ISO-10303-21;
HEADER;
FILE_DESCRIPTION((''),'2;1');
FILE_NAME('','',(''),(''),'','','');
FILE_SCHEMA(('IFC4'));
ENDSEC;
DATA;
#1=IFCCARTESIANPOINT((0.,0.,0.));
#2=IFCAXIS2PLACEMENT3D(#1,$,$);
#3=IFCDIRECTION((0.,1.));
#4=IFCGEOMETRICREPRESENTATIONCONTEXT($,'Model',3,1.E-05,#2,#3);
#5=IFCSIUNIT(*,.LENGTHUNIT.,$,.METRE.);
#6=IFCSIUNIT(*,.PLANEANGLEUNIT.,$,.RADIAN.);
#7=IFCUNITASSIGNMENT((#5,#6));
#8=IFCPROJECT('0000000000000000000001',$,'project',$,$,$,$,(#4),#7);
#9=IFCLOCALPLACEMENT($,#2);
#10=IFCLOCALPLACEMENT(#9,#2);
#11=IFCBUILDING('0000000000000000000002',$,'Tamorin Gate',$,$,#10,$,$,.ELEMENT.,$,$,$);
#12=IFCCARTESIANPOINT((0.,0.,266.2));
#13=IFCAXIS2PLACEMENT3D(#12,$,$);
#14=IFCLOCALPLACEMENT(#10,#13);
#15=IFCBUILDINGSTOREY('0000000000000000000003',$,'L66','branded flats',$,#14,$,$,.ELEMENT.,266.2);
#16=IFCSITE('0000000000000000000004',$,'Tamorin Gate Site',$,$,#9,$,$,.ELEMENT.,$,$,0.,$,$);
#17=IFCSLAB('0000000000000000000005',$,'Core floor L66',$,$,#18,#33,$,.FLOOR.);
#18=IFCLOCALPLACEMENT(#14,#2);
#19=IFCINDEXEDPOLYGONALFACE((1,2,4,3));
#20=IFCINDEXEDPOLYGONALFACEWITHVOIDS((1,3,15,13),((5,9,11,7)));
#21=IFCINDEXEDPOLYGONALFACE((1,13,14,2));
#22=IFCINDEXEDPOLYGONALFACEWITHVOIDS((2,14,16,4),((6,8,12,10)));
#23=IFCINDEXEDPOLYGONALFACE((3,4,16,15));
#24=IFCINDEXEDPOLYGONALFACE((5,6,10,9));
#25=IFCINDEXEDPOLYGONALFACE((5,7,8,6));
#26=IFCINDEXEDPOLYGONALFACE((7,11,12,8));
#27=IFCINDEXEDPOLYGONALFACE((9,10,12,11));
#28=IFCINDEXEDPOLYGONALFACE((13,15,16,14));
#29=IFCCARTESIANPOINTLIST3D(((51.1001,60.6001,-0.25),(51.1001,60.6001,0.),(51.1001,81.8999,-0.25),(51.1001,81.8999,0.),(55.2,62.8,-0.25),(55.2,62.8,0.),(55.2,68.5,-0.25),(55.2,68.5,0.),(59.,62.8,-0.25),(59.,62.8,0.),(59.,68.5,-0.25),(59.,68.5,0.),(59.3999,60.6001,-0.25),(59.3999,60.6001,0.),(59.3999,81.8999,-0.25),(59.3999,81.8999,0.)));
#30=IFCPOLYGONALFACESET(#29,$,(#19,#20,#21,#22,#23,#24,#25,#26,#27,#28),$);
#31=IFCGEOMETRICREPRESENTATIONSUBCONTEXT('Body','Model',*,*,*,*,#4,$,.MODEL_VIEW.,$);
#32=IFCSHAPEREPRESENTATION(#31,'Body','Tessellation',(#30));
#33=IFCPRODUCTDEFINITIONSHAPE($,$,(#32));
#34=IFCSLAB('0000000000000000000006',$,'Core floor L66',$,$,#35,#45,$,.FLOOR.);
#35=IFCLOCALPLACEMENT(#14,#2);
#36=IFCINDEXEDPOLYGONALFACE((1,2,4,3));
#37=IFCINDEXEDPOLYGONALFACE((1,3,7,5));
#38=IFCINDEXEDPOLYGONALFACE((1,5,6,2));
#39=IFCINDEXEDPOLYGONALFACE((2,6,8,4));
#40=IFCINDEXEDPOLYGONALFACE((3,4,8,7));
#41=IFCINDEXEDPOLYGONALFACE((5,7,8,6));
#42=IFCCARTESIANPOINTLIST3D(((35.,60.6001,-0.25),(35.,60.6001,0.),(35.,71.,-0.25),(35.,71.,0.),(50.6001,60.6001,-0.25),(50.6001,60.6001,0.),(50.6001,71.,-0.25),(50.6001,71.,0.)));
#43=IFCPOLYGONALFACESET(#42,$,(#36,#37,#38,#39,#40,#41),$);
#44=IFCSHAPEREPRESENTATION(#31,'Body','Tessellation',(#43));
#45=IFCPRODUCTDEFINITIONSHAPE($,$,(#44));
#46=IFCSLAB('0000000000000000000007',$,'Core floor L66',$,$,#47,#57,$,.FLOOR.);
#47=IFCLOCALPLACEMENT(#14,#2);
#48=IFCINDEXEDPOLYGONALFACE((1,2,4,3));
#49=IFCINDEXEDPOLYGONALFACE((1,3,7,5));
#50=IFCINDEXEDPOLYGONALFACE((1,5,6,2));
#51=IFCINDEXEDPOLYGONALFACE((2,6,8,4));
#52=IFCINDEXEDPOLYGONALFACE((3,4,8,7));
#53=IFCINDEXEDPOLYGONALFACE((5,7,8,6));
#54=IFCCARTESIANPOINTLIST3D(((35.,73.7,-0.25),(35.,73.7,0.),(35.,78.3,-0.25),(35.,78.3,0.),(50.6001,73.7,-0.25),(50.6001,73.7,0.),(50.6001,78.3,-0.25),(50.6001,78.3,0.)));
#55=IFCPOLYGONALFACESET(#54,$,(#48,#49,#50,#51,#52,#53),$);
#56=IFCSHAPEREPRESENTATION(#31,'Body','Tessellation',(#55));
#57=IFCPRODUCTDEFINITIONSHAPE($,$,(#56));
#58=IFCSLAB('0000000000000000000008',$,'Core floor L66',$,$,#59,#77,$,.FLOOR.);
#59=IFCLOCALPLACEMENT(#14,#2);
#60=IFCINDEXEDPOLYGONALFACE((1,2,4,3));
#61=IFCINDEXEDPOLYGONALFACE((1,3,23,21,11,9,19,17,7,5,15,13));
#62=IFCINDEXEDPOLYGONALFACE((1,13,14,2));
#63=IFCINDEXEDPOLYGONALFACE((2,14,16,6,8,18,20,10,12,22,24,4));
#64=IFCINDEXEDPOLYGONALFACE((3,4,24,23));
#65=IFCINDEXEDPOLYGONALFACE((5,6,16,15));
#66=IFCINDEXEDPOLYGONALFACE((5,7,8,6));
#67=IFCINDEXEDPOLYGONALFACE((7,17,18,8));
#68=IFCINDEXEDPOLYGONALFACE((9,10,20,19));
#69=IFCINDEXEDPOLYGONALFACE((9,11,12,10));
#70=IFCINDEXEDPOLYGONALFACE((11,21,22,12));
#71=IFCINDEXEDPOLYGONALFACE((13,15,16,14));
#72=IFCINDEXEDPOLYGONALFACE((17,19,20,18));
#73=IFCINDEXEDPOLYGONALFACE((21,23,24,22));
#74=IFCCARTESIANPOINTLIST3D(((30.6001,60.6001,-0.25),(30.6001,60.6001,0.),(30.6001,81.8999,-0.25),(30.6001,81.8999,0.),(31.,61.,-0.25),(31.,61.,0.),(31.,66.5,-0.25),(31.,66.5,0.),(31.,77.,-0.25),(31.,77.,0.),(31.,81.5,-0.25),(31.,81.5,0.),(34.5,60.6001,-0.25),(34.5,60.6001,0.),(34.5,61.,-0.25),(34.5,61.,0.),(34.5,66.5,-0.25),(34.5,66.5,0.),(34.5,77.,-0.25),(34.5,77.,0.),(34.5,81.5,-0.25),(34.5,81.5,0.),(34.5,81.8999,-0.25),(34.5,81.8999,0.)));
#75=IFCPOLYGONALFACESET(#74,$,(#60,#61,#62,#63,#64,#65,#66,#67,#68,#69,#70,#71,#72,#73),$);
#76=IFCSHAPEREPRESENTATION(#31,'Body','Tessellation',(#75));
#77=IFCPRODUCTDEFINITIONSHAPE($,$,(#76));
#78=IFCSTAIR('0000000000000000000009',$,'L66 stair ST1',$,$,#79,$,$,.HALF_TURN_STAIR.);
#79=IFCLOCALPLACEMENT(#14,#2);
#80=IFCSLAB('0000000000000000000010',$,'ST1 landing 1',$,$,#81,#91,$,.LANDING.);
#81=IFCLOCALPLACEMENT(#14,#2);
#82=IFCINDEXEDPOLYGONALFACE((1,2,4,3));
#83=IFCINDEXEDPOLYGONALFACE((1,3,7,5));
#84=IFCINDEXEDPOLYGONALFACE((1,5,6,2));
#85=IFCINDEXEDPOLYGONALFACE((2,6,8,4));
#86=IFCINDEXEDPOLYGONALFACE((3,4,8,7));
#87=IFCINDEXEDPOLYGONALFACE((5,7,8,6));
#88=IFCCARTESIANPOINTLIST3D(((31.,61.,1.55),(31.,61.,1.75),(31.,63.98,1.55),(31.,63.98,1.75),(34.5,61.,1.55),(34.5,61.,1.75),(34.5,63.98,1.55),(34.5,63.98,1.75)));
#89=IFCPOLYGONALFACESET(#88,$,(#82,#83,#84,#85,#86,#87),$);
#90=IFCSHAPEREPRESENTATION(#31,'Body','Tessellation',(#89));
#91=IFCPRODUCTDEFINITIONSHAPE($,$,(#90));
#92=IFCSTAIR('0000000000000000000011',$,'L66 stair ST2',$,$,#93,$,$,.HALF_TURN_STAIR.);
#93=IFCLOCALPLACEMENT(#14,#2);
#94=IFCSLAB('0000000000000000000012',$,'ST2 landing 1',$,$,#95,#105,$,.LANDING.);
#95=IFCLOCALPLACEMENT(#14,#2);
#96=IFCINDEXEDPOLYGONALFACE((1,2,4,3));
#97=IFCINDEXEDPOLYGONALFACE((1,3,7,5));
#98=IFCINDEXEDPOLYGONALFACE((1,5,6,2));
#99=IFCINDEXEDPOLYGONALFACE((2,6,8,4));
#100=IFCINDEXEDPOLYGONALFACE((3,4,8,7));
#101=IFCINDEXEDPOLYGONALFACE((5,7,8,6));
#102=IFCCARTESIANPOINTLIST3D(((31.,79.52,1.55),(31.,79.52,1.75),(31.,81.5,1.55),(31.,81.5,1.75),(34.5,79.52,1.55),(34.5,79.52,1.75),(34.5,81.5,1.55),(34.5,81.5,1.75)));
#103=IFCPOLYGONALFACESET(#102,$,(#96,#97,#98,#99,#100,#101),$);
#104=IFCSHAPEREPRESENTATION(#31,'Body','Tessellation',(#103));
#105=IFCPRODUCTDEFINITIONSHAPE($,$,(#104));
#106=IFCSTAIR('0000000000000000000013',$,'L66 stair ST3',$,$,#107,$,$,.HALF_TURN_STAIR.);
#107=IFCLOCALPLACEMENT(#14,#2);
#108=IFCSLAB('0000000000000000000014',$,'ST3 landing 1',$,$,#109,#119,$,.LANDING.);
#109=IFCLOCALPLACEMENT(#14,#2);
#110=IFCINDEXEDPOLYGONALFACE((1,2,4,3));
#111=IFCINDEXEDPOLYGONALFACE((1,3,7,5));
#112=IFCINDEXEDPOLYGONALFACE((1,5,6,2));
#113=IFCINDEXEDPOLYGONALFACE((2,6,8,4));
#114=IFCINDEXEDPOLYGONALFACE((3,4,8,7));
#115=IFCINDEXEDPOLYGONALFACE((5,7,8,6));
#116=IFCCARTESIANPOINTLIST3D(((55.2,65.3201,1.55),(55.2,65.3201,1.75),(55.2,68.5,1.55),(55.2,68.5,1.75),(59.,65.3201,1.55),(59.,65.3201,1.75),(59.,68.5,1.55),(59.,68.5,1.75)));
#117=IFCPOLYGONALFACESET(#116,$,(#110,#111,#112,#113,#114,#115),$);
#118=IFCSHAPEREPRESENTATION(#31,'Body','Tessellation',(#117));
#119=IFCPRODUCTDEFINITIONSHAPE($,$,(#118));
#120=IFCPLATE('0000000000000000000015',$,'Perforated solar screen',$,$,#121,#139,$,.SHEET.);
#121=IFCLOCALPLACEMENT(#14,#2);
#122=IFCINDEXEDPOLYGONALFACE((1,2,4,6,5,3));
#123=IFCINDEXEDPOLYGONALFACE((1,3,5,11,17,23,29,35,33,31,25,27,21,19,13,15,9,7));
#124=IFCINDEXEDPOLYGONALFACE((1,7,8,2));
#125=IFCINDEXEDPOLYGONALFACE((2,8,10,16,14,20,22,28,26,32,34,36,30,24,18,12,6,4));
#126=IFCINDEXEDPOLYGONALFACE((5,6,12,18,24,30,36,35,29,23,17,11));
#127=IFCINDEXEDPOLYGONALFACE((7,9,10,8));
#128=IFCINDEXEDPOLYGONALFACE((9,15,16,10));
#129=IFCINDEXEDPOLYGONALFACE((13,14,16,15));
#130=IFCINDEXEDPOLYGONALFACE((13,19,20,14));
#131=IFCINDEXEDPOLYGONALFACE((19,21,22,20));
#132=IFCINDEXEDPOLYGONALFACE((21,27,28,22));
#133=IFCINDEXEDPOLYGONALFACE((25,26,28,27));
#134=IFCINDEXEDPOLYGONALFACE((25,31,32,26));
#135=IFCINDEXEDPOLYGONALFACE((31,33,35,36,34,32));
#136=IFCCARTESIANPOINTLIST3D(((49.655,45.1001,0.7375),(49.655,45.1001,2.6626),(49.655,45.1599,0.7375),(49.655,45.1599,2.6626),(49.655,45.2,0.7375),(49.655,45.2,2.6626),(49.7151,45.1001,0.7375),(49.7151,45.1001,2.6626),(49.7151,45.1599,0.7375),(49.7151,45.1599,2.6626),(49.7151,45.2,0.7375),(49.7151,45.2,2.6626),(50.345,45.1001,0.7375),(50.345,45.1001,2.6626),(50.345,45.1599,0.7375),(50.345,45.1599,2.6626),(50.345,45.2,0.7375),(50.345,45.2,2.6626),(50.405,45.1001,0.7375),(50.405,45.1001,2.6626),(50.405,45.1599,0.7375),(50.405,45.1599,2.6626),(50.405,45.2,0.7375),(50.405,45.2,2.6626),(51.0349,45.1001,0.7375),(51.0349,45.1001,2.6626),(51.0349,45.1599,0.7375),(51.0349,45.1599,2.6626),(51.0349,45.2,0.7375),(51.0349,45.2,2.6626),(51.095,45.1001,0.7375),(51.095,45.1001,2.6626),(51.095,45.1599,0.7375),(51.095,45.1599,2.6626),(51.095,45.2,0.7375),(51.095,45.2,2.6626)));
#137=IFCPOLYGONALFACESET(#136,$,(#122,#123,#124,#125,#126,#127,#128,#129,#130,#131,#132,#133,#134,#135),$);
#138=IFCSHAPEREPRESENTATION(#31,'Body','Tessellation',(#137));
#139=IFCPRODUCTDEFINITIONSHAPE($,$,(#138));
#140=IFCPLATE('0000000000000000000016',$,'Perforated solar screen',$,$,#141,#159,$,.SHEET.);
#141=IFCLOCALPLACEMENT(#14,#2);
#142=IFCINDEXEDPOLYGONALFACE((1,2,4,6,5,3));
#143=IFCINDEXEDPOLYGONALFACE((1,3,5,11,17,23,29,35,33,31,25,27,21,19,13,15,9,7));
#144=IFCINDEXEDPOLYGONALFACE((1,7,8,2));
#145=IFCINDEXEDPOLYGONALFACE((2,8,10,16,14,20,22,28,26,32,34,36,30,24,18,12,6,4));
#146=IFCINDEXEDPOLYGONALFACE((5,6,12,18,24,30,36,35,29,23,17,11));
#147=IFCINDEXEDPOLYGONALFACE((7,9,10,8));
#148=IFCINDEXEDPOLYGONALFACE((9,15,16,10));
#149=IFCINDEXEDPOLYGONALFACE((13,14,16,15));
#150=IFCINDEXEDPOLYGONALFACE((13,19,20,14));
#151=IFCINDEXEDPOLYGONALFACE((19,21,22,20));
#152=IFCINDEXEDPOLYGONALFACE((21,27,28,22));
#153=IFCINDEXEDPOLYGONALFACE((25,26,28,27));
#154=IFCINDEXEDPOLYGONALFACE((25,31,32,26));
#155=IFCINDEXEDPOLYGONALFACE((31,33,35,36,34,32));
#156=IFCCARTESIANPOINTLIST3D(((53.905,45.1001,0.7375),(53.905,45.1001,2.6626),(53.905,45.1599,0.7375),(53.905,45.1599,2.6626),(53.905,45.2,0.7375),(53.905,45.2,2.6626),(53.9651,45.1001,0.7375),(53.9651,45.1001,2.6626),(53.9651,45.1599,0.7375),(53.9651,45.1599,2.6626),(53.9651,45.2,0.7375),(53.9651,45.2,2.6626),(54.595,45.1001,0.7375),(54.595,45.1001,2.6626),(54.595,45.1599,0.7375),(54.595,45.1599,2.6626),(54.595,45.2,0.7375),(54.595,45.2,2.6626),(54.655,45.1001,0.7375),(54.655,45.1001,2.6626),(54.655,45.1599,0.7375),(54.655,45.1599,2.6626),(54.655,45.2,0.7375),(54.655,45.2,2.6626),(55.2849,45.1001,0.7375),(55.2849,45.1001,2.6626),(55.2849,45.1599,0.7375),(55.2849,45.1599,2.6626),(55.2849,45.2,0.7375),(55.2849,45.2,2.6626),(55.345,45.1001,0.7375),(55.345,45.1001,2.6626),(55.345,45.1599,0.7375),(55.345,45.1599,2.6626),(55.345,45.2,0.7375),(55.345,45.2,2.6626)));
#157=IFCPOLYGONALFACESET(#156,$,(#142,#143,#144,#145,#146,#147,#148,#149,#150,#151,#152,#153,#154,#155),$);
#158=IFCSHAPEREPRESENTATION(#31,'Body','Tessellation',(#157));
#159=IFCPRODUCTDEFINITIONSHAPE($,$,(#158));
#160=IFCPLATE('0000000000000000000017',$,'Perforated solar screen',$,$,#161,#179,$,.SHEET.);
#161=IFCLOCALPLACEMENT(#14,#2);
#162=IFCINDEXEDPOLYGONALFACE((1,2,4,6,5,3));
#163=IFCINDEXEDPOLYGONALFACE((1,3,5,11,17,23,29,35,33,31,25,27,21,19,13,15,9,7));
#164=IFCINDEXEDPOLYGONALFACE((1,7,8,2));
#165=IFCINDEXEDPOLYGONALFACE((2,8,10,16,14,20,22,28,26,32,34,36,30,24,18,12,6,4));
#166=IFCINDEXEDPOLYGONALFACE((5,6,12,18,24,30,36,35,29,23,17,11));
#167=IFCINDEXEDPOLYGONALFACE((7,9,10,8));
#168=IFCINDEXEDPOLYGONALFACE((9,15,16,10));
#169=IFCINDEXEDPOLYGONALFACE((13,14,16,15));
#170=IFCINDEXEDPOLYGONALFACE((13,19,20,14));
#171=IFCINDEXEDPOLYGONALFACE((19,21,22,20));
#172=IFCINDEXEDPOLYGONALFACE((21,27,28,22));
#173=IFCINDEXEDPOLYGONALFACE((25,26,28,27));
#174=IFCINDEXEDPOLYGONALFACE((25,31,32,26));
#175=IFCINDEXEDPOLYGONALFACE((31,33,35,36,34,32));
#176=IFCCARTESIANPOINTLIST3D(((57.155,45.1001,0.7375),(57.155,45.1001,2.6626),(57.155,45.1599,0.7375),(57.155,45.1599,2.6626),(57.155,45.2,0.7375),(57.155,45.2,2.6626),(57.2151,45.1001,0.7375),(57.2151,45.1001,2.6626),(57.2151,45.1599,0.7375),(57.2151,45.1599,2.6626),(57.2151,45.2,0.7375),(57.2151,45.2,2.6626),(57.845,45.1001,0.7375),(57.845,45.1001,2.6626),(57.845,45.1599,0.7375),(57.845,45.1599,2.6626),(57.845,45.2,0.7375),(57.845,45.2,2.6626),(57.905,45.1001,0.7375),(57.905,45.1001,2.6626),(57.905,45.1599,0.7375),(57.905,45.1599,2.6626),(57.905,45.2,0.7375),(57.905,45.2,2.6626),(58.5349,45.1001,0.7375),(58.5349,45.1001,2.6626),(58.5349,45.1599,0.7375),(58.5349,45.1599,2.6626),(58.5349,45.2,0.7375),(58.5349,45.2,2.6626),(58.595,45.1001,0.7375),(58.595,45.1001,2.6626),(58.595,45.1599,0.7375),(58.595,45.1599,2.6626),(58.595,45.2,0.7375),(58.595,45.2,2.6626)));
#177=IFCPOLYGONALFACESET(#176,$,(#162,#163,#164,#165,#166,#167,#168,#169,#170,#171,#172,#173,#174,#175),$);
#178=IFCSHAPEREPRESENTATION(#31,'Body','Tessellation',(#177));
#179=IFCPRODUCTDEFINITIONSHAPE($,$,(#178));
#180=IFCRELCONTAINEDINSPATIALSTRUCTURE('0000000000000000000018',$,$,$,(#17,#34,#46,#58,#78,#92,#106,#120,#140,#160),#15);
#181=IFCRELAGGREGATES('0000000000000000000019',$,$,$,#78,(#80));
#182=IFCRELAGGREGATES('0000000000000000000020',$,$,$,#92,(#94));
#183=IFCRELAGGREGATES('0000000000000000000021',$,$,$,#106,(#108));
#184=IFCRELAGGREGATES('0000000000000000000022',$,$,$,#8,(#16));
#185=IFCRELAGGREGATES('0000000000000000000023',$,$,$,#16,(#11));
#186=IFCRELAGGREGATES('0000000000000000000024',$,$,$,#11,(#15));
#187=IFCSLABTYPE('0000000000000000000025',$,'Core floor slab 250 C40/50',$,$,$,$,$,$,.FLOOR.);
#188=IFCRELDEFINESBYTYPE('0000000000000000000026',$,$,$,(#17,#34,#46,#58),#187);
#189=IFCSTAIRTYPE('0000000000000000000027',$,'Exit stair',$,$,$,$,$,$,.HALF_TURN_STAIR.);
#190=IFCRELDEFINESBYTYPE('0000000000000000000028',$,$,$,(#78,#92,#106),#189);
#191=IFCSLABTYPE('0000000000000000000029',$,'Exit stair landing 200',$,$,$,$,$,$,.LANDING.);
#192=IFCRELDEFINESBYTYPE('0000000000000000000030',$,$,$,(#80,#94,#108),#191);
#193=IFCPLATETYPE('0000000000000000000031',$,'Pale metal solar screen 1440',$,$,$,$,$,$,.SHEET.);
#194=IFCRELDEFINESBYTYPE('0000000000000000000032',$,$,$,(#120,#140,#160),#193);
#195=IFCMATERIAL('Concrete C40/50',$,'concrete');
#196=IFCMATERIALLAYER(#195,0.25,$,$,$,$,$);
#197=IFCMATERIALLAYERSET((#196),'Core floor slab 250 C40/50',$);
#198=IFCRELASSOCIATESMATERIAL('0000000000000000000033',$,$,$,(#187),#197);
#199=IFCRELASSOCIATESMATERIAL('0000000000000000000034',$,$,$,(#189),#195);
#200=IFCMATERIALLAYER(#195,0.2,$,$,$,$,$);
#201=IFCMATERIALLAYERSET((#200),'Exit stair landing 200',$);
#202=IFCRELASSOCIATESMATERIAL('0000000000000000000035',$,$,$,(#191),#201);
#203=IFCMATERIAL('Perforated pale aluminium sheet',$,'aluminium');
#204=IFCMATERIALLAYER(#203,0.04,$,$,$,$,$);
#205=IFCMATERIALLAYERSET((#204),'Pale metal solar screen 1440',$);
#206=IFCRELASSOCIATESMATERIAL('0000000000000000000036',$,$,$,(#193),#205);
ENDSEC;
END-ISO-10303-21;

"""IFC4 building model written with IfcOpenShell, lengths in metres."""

from ifc_helpers import new_model, si_unit, direction, frame, origin, place, context, subcontext, project, spatial, polyline, outline, extrude, material, layer, layer_set, type_object, element, aggregate, save


model = new_model("IFC4")

# Units and contexts
model_context = context("Model", 3, precision=1e-05, world=origin(), true_north=direction((0.0, 1.0)))
body_context = subcontext(model_context, "Body", "Model", "MODEL_VIEW")
ifc_project = project(units=[si_unit("LENGTHUNIT", "METRE"), si_unit("PLANEANGLEUNIT", "RADIAN")], contexts=[model_context])

# Site, building, storey
site_placement = place(None, origin())
site = spatial("IfcSite", under=ifc_project, at=site_placement, Name="Tamorin Gate Site", CompositionType="ELEMENT", RefElevation=0.0)
building_placement = place(site_placement, origin())
building = spatial("IfcBuilding", under=site, at=building_placement, Name="Tamorin Gate", CompositionType="ELEMENT")
storey_placement = place(building_placement, frame((0.0, 0.0, 266.2)))
storey = spatial("IfcBuildingStorey", under=building, at=storey_placement, Name="L66", Description="branded flats", CompositionType="ELEMENT", Elevation=266.2)

# Slabs
ifc_material_1 = material(Name="Concrete C40/50", Category="concrete")
ifc_layer_1 = layer(ifc_material_1, 0.25)
ifc_layer_set_1 = layer_set([ifc_layer_1], Name="Core floor slab 250 C40/50")
slab_type_1 = type_object("IfcSlabType", Name="Core floor slab 250 C40/50", PredefinedType="FLOOR", material=ifc_layer_set_1)
slab_1_placement = place(storey_placement, frame((0.0, 0.0, -0.25)))
element("IfcSlab", 1, at=slab_1_placement, inside=storey, type_object=slab_type_1, Name="Core floor L66", PredefinedType="FLOOR", context=body_context, shape_type="SweptSolid", body=[
    extrude(outline(polyline([(51.1001, 81.8999), (59.3999, 81.8999), (59.3999, 60.6001), (51.1001, 60.6001), (51.1001, 81.8999)]), holes=[polyline([(55.2, 62.8), (59.0, 62.8), (59.0, 68.5), (55.2, 68.5), (55.2, 62.8)])]), origin(), (0.0, 0.0, 1.0), 0.25),
])
slab_2_placement = place(storey_placement, frame((0.0, 0.0, -0.25)))
element("IfcSlab", 2, at=slab_2_placement, inside=storey, type_object=slab_type_1, Name="Core floor L66", PredefinedType="FLOOR", context=body_context, shape_type="SweptSolid", body=[
    extrude(outline(polyline([(50.6001, 71.0), (50.6001, 60.6001), (35.0, 60.6001), (35.0, 71.0), (50.6001, 71.0)])), origin(), (0.0, 0.0, 1.0), 0.25),
])
slab_3_placement = place(storey_placement, frame((0.0, 0.0, -0.25)))
element("IfcSlab", 3, at=slab_3_placement, inside=storey, type_object=slab_type_1, Name="Core floor L66", PredefinedType="FLOOR", context=body_context, shape_type="SweptSolid", body=[
    extrude(outline(polyline([(50.6001, 73.7), (35.0, 73.7), (35.0, 78.3), (50.6001, 78.3), (50.6001, 73.7)])), origin(), (0.0, 0.0, 1.0), 0.25),
])
slab_4_placement = place(storey_placement, frame((0.0, 0.0, -0.25)))
element("IfcSlab", 4, at=slab_4_placement, inside=storey, type_object=slab_type_1, Name="Core floor L66", PredefinedType="FLOOR", context=body_context, shape_type="SweptSolid", body=[
    extrude(outline(polyline([(34.5, 60.6001), (30.6001, 60.6001), (30.6001, 81.8999), (34.5, 81.8999), (34.5, 81.5), (31.0, 81.5), (31.0, 77.0), (34.5, 77.0), (34.5, 66.5), (31.0, 66.5), (31.0, 61.0), (34.5, 61.0), (34.5, 60.6001)])), origin(), (0.0, 0.0, 1.0), 0.25),
])

# Stairs, slabs
stair_type = type_object("IfcStairType", Name="Exit stair", PredefinedType="HALF_TURN_STAIR", material=ifc_material_1)
stair_1_placement = place(storey_placement, origin())
stair_1 = element("IfcStair", 5, at=stair_1_placement, inside=storey, type_object=stair_type, Name="L66 stair ST1", PredefinedType="HALF_TURN_STAIR")
ifc_layer_2 = layer(ifc_material_1, 0.2)
ifc_layer_set_2 = layer_set([ifc_layer_2], Name="Exit stair landing 200")
slab_type_2 = type_object("IfcSlabType", Name="Exit stair landing 200", PredefinedType="LANDING", material=ifc_layer_set_2)
slab_5_placement = place(storey_placement, frame((0.0, 0.0, 1.55)))
slab_5 = element("IfcSlab", 6, at=slab_5_placement, type_object=slab_type_2, Name="ST1 landing 1", PredefinedType="LANDING", context=body_context, shape_type="SweptSolid", body=[
    extrude(outline(polyline([(31.0, 63.98), (31.0, 61.0), (34.5, 61.0), (34.5, 63.98), (31.0, 63.98)])), origin(), (0.0, 0.0, 1.0), 0.2),
])
aggregate(stair_1, [slab_5])
stair_2_placement = place(storey_placement, origin())
stair_2 = element("IfcStair", 7, at=stair_2_placement, inside=storey, type_object=stair_type, Name="L66 stair ST2", PredefinedType="HALF_TURN_STAIR")
slab_6_placement = place(storey_placement, frame((0.0, 0.0, 1.55)))
slab_6 = element("IfcSlab", 8, at=slab_6_placement, type_object=slab_type_2, Name="ST2 landing 1", PredefinedType="LANDING", context=body_context, shape_type="SweptSolid", body=[
    extrude(outline(polyline([(34.5, 79.52), (34.5, 81.5), (31.0, 81.5), (31.0, 79.52), (34.5, 79.52)])), origin(), (0.0, 0.0, 1.0), 0.2),
])
aggregate(stair_2, [slab_6])
stair_3_placement = place(storey_placement, origin())
stair_3 = element("IfcStair", 9, at=stair_3_placement, inside=storey, type_object=stair_type, Name="L66 stair ST3", PredefinedType="HALF_TURN_STAIR")
slab_7_placement = place(storey_placement, frame((0.0, 0.0, 1.55)))
slab_7 = element("IfcSlab", 10, at=slab_7_placement, type_object=slab_type_2, Name="ST3 landing 1", PredefinedType="LANDING", context=body_context, shape_type="SweptSolid", body=[
    extrude(outline(polyline([(59.0, 65.3201), (59.0, 68.5), (55.2, 68.5), (55.2, 65.3201), (59.0, 65.3201)])), origin(), (0.0, 0.0, 1.0), 0.2),
])
aggregate(stair_3, [slab_7])

# Plates
ifc_material_2 = material(Name="Perforated pale aluminium sheet", Category="aluminium")
ifc_layer_3 = layer(ifc_material_2, 0.04)
ifc_layer_set_3 = layer_set([ifc_layer_3], Name="Pale metal solar screen 1440")
plate_type = type_object("IfcPlateType", Name="Pale metal solar screen 1440", PredefinedType="SHEET", material=ifc_layer_set_3)
plate_1_placement = place(storey_placement, frame((0.0, 0.0, 0.7375)))
element("IfcPlate", 11, at=plate_1_placement, inside=storey, type_object=plate_type, Name="Perforated solar screen", PredefinedType="SHEET", context=body_context, shape_type="SweptSolid", body=[
    extrude(outline(polyline([(49.655, 45.1599), (49.655, 45.2), (49.7151, 45.2), (50.345, 45.2), (50.405, 45.2), (51.0349, 45.2), (51.095, 45.2), (51.095, 45.1599), (51.095, 45.1001), (51.0349, 45.1001), (51.0349, 45.1599), (50.405, 45.1599), (50.405, 45.1001), (50.345, 45.1001), (50.345, 45.1599), (49.7151, 45.1599), (49.7151, 45.1001), (49.655, 45.1001), (49.655, 45.1599)])), origin(), (0.0, 0.0, 1.0), 1.925),
])
plate_2_placement = place(storey_placement, frame((0.0, 0.0, 0.7375)))
element("IfcPlate", 12, at=plate_2_placement, inside=storey, type_object=plate_type, Name="Perforated solar screen", PredefinedType="SHEET", context=body_context, shape_type="SweptSolid", body=[
    extrude(outline(polyline([(53.905, 45.1599), (53.905, 45.2), (53.9651, 45.2), (54.595, 45.2), (54.655, 45.2), (55.2849, 45.2), (55.345, 45.2), (55.345, 45.1599), (55.345, 45.1001), (55.2849, 45.1001), (55.2849, 45.1599), (54.655, 45.1599), (54.655, 45.1001), (54.595, 45.1001), (54.595, 45.1599), (53.9651, 45.1599), (53.9651, 45.1001), (53.905, 45.1001), (53.905, 45.1599)])), origin(), (0.0, 0.0, 1.0), 1.925),
])
plate_3_placement = place(storey_placement, frame((0.0, 0.0, 0.7375)))
element("IfcPlate", 13, at=plate_3_placement, inside=storey, type_object=plate_type, Name="Perforated solar screen", PredefinedType="SHEET", context=body_context, shape_type="SweptSolid", body=[
    extrude(outline(polyline([(57.155, 45.1599), (57.155, 45.2), (57.2151, 45.2), (57.845, 45.2), (57.905, 45.2), (58.5349, 45.2), (58.595, 45.2), (58.595, 45.1599), (58.595, 45.1001), (58.5349, 45.1001), (58.5349, 45.1599), (57.905, 45.1599), (57.905, 45.1001), (57.845, 45.1001), (57.845, 45.1599), (57.2151, 45.1599), (57.2151, 45.1001), (57.155, 45.1001), (57.155, 45.1599)])), origin(), (0.0, 0.0, 1.0), 1.925),
])

save(model, "model.ifc")
